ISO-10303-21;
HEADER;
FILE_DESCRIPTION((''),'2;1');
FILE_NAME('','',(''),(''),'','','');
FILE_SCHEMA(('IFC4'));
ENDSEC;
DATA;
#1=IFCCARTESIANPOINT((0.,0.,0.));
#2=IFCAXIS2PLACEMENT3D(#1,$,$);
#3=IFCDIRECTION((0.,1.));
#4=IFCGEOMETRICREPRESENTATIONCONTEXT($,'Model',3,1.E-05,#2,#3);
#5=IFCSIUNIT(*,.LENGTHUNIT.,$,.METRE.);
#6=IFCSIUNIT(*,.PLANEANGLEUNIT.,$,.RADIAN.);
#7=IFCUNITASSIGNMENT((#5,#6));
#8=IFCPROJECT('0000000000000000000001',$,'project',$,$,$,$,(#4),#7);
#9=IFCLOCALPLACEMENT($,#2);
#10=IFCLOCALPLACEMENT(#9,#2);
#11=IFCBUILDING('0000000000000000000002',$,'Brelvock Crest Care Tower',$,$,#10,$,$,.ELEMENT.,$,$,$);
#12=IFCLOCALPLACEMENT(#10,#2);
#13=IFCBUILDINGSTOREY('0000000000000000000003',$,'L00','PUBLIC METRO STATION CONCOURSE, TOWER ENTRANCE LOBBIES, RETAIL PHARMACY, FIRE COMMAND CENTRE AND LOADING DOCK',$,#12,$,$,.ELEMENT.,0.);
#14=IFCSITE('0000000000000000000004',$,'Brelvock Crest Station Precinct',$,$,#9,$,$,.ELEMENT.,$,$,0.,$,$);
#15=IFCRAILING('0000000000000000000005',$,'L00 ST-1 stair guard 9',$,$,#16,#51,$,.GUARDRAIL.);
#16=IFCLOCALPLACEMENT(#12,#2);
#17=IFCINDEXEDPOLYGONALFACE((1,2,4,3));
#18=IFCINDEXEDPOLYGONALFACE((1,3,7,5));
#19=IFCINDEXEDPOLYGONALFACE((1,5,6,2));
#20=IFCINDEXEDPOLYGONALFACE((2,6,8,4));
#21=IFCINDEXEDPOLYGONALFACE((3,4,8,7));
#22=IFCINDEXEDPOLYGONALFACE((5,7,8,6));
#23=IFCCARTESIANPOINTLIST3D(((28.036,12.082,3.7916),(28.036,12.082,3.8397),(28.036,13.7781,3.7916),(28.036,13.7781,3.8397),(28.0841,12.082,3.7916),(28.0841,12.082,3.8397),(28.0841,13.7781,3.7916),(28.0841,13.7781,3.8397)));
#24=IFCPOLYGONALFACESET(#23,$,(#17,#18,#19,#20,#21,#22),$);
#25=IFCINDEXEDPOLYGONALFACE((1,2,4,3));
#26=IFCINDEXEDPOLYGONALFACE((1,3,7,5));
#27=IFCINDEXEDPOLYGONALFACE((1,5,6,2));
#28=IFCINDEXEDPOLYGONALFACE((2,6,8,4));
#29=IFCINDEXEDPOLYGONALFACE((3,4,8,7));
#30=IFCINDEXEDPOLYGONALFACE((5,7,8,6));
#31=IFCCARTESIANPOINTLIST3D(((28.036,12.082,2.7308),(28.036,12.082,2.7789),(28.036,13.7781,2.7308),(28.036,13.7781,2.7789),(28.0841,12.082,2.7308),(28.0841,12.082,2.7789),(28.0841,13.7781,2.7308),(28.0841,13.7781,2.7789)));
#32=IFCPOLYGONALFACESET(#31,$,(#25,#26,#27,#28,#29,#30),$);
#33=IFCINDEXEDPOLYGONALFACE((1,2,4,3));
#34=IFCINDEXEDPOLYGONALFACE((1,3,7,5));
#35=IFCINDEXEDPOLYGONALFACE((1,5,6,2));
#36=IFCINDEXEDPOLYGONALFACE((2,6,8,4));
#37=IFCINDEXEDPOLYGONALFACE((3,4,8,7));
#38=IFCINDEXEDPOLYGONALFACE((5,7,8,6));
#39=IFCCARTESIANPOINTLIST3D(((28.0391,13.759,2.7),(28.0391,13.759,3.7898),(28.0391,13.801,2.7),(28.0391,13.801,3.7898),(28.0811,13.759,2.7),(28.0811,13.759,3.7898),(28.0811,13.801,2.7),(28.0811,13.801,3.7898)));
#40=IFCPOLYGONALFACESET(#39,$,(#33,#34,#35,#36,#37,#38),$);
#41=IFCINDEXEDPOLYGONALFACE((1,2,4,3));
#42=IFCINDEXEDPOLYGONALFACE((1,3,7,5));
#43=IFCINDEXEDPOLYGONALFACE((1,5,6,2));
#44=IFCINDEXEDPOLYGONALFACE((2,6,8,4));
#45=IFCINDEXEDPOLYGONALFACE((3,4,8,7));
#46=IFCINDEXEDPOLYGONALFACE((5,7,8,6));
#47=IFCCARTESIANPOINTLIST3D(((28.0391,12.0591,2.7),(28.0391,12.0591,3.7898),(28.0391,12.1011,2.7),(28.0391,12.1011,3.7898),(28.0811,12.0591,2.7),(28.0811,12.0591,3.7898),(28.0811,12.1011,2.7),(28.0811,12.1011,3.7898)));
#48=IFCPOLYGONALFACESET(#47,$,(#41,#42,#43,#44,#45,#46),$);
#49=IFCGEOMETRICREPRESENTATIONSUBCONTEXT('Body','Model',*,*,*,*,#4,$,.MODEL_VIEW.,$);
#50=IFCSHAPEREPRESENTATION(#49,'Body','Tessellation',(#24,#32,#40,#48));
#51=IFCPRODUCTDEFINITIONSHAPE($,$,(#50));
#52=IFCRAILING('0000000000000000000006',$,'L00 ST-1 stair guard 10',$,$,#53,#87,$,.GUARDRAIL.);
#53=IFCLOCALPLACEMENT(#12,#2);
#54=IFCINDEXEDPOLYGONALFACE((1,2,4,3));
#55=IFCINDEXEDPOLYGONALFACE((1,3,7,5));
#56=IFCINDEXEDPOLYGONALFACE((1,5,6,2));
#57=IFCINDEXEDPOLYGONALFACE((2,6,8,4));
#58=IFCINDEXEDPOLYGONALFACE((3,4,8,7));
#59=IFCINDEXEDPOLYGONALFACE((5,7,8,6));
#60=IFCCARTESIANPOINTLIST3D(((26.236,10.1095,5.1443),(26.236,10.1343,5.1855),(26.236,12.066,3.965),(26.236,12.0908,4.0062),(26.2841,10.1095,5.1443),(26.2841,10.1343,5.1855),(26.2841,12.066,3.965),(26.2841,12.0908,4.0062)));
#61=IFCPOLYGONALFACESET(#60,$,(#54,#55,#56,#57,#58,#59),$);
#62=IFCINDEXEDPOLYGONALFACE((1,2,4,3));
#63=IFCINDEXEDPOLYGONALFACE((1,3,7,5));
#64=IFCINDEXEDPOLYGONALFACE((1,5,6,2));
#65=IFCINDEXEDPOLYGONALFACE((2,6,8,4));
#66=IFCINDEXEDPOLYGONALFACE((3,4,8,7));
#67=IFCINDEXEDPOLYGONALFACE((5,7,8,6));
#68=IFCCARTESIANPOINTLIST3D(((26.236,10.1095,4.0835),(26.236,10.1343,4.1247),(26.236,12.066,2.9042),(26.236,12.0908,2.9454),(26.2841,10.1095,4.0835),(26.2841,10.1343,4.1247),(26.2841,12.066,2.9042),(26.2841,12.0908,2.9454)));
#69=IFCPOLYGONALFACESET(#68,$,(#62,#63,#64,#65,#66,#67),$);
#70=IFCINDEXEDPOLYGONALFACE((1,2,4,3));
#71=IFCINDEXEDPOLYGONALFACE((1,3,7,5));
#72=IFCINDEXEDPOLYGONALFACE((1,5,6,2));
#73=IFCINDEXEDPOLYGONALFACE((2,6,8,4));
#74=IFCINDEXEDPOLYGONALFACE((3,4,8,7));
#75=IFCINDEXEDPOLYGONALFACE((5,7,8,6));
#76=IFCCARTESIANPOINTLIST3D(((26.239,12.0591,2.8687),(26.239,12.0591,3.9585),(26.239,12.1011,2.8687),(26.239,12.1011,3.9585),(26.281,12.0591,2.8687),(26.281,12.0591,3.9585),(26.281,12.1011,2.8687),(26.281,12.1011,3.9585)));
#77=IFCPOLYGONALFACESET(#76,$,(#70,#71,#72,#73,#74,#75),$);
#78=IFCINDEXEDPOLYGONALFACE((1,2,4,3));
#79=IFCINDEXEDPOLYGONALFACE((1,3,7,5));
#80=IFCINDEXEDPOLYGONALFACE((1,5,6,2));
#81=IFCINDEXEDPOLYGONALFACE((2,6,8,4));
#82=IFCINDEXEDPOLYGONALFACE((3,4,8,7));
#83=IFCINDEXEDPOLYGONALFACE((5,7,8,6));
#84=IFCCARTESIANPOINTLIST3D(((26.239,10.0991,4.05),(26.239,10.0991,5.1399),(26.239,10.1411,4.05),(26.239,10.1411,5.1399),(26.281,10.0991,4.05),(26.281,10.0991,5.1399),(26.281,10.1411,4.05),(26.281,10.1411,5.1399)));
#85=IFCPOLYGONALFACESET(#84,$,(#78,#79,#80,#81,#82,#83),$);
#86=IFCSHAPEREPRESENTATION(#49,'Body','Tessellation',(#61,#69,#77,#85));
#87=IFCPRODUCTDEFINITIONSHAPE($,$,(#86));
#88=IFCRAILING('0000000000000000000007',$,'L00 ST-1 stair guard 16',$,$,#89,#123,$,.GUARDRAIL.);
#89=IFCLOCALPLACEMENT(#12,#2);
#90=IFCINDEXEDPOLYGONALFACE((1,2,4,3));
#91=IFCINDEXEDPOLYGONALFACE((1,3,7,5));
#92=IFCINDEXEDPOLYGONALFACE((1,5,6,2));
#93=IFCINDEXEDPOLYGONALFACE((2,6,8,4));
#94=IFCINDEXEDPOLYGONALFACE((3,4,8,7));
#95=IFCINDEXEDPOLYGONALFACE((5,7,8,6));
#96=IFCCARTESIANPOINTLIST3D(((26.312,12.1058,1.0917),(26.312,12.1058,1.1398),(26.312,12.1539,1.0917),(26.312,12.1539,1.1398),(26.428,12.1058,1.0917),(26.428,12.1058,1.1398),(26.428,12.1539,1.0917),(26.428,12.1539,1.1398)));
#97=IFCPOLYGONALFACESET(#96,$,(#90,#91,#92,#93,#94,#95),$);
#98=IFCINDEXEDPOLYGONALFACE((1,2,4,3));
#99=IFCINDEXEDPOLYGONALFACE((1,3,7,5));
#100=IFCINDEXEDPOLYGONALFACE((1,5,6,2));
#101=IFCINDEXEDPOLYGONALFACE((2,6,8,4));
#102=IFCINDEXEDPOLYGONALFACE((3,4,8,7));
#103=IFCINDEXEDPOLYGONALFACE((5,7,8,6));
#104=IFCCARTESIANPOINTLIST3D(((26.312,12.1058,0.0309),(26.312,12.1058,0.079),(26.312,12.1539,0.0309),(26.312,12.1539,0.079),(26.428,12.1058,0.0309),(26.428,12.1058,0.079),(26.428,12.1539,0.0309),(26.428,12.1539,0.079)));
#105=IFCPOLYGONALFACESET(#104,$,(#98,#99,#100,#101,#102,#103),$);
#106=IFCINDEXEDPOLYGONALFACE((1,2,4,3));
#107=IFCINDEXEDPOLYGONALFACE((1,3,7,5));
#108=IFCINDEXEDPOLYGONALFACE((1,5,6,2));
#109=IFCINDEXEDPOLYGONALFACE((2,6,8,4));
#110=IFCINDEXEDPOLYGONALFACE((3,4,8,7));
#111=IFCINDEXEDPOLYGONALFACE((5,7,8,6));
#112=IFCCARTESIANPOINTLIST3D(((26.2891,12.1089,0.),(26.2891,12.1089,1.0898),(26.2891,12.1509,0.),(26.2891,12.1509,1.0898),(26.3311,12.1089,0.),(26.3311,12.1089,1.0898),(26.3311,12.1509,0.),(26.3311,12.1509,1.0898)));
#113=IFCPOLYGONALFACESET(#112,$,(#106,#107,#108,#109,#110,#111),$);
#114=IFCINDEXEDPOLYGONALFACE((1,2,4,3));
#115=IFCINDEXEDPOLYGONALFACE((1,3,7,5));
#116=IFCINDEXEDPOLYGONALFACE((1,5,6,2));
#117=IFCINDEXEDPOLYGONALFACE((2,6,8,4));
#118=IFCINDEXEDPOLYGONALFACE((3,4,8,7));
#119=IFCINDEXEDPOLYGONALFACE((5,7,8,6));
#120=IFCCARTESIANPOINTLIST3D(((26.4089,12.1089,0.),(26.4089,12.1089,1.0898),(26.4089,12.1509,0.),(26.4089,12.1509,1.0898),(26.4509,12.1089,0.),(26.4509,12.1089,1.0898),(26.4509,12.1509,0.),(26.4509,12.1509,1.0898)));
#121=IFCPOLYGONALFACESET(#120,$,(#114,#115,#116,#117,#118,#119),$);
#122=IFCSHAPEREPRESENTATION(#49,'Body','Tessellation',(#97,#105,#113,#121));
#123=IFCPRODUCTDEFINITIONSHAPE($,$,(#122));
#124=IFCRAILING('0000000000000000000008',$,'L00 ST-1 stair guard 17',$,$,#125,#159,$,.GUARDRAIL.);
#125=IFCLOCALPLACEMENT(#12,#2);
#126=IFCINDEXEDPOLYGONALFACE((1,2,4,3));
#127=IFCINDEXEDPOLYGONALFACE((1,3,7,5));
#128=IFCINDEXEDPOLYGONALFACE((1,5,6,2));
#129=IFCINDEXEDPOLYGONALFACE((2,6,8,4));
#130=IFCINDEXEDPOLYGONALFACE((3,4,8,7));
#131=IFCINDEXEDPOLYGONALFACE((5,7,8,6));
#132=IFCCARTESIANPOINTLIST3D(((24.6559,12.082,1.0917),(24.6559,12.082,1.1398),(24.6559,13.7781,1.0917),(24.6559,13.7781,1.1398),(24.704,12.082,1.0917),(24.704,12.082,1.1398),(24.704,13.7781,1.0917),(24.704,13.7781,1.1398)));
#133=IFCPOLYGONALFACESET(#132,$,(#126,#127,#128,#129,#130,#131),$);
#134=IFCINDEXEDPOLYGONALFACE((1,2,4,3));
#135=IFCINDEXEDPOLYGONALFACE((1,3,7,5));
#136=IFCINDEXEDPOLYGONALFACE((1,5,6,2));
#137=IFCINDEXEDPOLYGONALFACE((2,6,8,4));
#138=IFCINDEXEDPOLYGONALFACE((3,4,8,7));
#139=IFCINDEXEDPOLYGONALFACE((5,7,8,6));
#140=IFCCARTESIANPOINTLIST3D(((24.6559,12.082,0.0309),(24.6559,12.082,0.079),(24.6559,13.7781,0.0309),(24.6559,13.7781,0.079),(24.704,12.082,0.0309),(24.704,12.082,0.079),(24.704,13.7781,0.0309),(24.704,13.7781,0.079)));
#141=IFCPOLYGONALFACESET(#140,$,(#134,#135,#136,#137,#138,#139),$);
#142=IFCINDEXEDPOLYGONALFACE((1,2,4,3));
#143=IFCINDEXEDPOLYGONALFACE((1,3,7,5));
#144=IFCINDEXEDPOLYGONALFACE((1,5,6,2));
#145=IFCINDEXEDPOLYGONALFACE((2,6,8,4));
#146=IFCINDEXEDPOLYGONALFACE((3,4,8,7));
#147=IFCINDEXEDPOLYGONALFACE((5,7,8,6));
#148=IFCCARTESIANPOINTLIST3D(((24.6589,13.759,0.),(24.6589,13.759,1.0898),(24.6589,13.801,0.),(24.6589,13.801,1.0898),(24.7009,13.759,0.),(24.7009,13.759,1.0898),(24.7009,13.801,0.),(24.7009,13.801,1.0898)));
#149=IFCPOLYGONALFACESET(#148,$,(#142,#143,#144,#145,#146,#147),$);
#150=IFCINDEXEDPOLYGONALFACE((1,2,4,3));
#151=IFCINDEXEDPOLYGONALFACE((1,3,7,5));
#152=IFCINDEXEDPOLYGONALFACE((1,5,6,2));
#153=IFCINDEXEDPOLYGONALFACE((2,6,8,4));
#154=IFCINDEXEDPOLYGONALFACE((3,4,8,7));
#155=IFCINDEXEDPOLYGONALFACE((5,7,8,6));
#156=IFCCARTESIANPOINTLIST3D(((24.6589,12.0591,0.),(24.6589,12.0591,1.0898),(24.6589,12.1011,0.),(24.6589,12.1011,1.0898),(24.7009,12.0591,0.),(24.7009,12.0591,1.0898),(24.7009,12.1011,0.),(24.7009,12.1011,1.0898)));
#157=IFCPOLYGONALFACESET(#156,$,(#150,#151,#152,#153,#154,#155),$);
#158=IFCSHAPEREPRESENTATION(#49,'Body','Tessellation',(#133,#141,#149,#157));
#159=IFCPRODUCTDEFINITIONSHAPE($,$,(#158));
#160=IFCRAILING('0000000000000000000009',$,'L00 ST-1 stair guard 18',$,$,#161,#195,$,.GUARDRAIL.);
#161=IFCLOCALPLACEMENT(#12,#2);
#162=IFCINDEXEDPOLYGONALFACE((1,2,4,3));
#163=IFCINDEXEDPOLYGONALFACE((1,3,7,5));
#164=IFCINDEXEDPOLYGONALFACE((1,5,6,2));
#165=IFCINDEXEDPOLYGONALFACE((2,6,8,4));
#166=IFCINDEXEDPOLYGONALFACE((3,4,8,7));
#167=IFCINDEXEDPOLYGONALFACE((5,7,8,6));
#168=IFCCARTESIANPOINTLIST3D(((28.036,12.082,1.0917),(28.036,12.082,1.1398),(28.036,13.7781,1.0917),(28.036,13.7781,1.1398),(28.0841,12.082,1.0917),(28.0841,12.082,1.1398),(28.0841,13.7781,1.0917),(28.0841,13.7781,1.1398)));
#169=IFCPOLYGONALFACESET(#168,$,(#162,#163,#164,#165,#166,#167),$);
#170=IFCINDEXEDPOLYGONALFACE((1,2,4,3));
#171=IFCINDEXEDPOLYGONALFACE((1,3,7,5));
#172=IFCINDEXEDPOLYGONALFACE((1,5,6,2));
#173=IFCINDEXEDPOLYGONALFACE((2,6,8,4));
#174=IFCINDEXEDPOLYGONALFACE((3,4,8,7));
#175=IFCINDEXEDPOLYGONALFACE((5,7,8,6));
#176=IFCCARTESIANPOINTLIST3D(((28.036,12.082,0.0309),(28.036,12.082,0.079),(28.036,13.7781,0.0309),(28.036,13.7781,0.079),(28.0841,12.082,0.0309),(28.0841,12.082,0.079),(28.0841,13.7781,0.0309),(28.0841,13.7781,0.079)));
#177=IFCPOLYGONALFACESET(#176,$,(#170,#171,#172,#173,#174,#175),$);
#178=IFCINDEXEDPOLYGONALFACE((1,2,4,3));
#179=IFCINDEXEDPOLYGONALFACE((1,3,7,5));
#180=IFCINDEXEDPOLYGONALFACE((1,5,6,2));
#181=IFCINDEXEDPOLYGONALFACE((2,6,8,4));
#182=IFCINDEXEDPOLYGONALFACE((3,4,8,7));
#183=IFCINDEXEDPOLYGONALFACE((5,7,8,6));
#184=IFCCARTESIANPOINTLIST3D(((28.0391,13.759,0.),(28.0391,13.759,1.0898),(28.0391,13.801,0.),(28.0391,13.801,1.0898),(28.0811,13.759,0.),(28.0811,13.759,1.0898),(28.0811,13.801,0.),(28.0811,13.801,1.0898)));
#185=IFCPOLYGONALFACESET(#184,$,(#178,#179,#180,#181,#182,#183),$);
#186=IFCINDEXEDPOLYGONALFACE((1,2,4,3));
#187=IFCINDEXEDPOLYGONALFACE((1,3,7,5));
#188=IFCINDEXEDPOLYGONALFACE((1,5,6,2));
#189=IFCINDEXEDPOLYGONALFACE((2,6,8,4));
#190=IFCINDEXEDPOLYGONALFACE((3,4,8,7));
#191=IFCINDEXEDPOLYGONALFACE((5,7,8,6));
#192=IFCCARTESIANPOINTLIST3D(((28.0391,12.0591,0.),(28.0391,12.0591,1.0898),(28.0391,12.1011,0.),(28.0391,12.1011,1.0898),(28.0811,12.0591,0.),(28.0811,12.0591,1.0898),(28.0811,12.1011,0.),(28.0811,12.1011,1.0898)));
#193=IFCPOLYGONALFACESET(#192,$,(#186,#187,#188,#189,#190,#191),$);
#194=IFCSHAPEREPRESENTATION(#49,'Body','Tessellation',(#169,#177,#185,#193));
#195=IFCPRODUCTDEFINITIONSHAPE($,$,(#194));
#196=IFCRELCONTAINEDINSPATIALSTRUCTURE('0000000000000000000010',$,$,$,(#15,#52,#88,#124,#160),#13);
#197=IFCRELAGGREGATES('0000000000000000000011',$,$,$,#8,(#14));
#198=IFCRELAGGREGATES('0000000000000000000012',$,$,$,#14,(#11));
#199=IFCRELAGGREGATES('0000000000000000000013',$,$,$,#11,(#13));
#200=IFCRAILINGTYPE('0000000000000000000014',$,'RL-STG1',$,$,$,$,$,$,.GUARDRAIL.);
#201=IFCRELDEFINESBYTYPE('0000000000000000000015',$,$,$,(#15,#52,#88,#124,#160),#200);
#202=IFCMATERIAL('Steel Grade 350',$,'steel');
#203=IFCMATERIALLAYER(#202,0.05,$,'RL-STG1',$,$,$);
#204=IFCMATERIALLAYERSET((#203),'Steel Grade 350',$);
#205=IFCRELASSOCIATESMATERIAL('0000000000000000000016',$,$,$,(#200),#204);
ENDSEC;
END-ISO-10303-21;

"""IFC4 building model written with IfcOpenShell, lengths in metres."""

from ifc_helpers import new_model, si_unit, direction, frame, origin, origin_2d, place, context, subcontext, project, spatial, rectangle, extrude, material, layer, layer_set, type_object, element, save


model = new_model("IFC4")

# Units and contexts
model_context = context("Model", 3, precision=1e-05, world=origin(), true_north=direction((0.0, 1.0)))
body_context = subcontext(model_context, "Body", "Model", "MODEL_VIEW")
ifc_project = project(units=[si_unit("LENGTHUNIT", "METRE"), si_unit("PLANEANGLEUNIT", "RADIAN")], contexts=[model_context])

# Site, building, storey
site_placement = place(None, origin())
site = spatial("IfcSite", under=ifc_project, at=site_placement, Name="Brelvock Crest Station Precinct", CompositionType="ELEMENT", RefElevation=0.0)
building_placement = place(site_placement, origin())
building = spatial("IfcBuilding", under=site, at=building_placement, Name="Brelvock Crest Care Tower", CompositionType="ELEMENT")
storey_placement = place(building_placement, origin())
storey = spatial("IfcBuildingStorey", under=building, at=storey_placement, Name="L00", Description="PUBLIC METRO STATION CONCOURSE, TOWER ENTRANCE LOBBIES, RETAIL PHARMACY, FIRE COMMAND CENTRE AND LOADING DOCK", CompositionType="ELEMENT", Elevation=0.0)

# Shared definitions
ifc_material_1 = material(Name="Steel Grade 350", Category="steel")

# Railings
ifc_layer_1 = layer(ifc_material_1, 0.05, Name="RL-STG1")
ifc_layer_set_1 = layer_set([ifc_layer_1], Name="Steel Grade 350")
railing_type_1 = type_object("IfcRailingType", Name="RL-STG1", PredefinedType="GUARDRAIL", material=ifc_layer_set_1)
for number, where, name in (
    (1, (28.0601, 13.78, 2.7), "L00 ST-1 stair guard 9"),
):
    element("IfcRailing", number, at=place(storey_placement, frame(where)), inside=storey, type_object=railing_type_1, Name=name, PredefinedType="GUARDRAIL", context=body_context, shape_type="SweptSolid", body=[
        extrude(rectangle(XDim=0.0481, YDim=0.0481, at=origin_2d()), frame((0.0, -0.002, 1.1157), z_axis=(0.0, -1.0, 0.0), x_axis=(1.0, 0.0, 0.0)), (0.0, 0.0, 1.0), 1.696),
        extrude(rectangle(XDim=0.0481, YDim=0.0481, at=origin_2d()), frame((0.0, -0.002, 0.0549), z_axis=(0.0, -1.0, 0.0), x_axis=(1.0, 0.0, 0.0)), (0.0, 0.0, 1.0), 1.696),
        extrude(rectangle(XDim=0.042, YDim=0.042, at=origin_2d()), origin(), (0.0, 0.0, 1.0), 1.0898),
        extrude(rectangle(XDim=0.042, YDim=0.042, at=origin_2d()), frame((0.0, -1.7, 0.0)), (0.0, 0.0, 1.0), 1.0898),
    ])
railing_1_placement = place(storey_placement, frame((26.26, 12.0801, 2.8687)))
element("IfcRailing", 2, at=railing_1_placement, inside=storey, type_object=railing_type_1, Name="L00 ST-1 stair guard 10", PredefinedType="GUARDRAIL", context=body_context, shape_type="SweptSolid", body=[
    extrude(rectangle(XDim=0.0481, YDim=0.0481, at=origin_2d()), frame((0.0, -0.0017, 1.1169), z_axis=(0.0, -0.856446, 0.516236), x_axis=(1.0, 0.0, 0.0)), (0.0, 0.0, 1.0), 2.2844),
    extrude(rectangle(XDim=0.0481, YDim=0.0481, at=origin_2d()), frame((0.0, -0.0017, 0.0562), z_axis=(0.0, -0.856446, 0.516236), x_axis=(1.0, 0.0, 0.0)), (0.0, 0.0, 1.0), 2.2844),
    extrude(rectangle(XDim=0.042, YDim=0.042, at=origin_2d()), origin(), (0.0, 0.0, 1.0), 1.0898),
    extrude(rectangle(XDim=0.042, YDim=0.042, at=origin_2d()), frame((0.0, -1.96, 1.1814)), (0.0, 0.0, 1.0), 1.0898),
])
railing_2_placement = place(storey_placement, frame((26.3101, 12.1299, 0.0)))
element("IfcRailing", 3, at=railing_2_placement, inside=storey, type_object=railing_type_1, Name="L00 ST-1 stair guard 16", PredefinedType="GUARDRAIL", context=body_context, shape_type="SweptSolid", body=[
    extrude(rectangle(XDim=0.0481, YDim=0.0481, at=origin_2d()), frame((0.002, 0.0, 1.1157), z_axis=(1.0, 0.0, 0.0), x_axis=(0.0, 1.0, 0.0)), (0.0, 0.0, 1.0), 0.116),
    extrude(rectangle(XDim=0.0481, YDim=0.0481, at=origin_2d()), frame((0.002, 0.0, 0.0549), z_axis=(1.0, 0.0, 0.0), x_axis=(0.0, 1.0, 0.0)), (0.0, 0.0, 1.0), 0.116),
    extrude(rectangle(XDim=0.042, YDim=0.042, at=origin_2d()), origin(), (0.0, 0.0, 1.0), 1.0898),
    extrude(rectangle(XDim=0.042, YDim=0.042, at=origin_2d()), frame((0.1199, 0.0, 0.0)), (0.0, 0.0, 1.0), 1.0898),
])
for number, where, name in (
    (4, (24.6799, 13.78, 0.0), "L00 ST-1 stair guard 17"),
    (5, (28.0601, 13.78, 0.0), "L00 ST-1 stair guard 18"),
):
    element("IfcRailing", number, at=place(storey_placement, frame(where)), inside=storey, type_object=railing_type_1, Name=name, PredefinedType="GUARDRAIL", context=body_context, shape_type="SweptSolid", body=[
        extrude(rectangle(XDim=0.0481, YDim=0.0481, at=origin_2d()), frame((0.0, -0.002, 1.1157), z_axis=(0.0, -1.0, 0.0), x_axis=(1.0, 0.0, 0.0)), (0.0, 0.0, 1.0), 1.696),
        extrude(rectangle(XDim=0.0481, YDim=0.0481, at=origin_2d()), frame((0.0, -0.002, 0.0549), z_axis=(0.0, -1.0, 0.0), x_axis=(1.0, 0.0, 0.0)), (0.0, 0.0, 1.0), 1.696),
        extrude(rectangle(XDim=0.042, YDim=0.042, at=origin_2d()), origin(), (0.0, 0.0, 1.0), 1.0898),
        extrude(rectangle(XDim=0.042, YDim=0.042, at=origin_2d()), frame((0.0, -1.7, 0.0)), (0.0, 0.0, 1.0), 1.0898),
    ])

save(model, "model.ifc")
